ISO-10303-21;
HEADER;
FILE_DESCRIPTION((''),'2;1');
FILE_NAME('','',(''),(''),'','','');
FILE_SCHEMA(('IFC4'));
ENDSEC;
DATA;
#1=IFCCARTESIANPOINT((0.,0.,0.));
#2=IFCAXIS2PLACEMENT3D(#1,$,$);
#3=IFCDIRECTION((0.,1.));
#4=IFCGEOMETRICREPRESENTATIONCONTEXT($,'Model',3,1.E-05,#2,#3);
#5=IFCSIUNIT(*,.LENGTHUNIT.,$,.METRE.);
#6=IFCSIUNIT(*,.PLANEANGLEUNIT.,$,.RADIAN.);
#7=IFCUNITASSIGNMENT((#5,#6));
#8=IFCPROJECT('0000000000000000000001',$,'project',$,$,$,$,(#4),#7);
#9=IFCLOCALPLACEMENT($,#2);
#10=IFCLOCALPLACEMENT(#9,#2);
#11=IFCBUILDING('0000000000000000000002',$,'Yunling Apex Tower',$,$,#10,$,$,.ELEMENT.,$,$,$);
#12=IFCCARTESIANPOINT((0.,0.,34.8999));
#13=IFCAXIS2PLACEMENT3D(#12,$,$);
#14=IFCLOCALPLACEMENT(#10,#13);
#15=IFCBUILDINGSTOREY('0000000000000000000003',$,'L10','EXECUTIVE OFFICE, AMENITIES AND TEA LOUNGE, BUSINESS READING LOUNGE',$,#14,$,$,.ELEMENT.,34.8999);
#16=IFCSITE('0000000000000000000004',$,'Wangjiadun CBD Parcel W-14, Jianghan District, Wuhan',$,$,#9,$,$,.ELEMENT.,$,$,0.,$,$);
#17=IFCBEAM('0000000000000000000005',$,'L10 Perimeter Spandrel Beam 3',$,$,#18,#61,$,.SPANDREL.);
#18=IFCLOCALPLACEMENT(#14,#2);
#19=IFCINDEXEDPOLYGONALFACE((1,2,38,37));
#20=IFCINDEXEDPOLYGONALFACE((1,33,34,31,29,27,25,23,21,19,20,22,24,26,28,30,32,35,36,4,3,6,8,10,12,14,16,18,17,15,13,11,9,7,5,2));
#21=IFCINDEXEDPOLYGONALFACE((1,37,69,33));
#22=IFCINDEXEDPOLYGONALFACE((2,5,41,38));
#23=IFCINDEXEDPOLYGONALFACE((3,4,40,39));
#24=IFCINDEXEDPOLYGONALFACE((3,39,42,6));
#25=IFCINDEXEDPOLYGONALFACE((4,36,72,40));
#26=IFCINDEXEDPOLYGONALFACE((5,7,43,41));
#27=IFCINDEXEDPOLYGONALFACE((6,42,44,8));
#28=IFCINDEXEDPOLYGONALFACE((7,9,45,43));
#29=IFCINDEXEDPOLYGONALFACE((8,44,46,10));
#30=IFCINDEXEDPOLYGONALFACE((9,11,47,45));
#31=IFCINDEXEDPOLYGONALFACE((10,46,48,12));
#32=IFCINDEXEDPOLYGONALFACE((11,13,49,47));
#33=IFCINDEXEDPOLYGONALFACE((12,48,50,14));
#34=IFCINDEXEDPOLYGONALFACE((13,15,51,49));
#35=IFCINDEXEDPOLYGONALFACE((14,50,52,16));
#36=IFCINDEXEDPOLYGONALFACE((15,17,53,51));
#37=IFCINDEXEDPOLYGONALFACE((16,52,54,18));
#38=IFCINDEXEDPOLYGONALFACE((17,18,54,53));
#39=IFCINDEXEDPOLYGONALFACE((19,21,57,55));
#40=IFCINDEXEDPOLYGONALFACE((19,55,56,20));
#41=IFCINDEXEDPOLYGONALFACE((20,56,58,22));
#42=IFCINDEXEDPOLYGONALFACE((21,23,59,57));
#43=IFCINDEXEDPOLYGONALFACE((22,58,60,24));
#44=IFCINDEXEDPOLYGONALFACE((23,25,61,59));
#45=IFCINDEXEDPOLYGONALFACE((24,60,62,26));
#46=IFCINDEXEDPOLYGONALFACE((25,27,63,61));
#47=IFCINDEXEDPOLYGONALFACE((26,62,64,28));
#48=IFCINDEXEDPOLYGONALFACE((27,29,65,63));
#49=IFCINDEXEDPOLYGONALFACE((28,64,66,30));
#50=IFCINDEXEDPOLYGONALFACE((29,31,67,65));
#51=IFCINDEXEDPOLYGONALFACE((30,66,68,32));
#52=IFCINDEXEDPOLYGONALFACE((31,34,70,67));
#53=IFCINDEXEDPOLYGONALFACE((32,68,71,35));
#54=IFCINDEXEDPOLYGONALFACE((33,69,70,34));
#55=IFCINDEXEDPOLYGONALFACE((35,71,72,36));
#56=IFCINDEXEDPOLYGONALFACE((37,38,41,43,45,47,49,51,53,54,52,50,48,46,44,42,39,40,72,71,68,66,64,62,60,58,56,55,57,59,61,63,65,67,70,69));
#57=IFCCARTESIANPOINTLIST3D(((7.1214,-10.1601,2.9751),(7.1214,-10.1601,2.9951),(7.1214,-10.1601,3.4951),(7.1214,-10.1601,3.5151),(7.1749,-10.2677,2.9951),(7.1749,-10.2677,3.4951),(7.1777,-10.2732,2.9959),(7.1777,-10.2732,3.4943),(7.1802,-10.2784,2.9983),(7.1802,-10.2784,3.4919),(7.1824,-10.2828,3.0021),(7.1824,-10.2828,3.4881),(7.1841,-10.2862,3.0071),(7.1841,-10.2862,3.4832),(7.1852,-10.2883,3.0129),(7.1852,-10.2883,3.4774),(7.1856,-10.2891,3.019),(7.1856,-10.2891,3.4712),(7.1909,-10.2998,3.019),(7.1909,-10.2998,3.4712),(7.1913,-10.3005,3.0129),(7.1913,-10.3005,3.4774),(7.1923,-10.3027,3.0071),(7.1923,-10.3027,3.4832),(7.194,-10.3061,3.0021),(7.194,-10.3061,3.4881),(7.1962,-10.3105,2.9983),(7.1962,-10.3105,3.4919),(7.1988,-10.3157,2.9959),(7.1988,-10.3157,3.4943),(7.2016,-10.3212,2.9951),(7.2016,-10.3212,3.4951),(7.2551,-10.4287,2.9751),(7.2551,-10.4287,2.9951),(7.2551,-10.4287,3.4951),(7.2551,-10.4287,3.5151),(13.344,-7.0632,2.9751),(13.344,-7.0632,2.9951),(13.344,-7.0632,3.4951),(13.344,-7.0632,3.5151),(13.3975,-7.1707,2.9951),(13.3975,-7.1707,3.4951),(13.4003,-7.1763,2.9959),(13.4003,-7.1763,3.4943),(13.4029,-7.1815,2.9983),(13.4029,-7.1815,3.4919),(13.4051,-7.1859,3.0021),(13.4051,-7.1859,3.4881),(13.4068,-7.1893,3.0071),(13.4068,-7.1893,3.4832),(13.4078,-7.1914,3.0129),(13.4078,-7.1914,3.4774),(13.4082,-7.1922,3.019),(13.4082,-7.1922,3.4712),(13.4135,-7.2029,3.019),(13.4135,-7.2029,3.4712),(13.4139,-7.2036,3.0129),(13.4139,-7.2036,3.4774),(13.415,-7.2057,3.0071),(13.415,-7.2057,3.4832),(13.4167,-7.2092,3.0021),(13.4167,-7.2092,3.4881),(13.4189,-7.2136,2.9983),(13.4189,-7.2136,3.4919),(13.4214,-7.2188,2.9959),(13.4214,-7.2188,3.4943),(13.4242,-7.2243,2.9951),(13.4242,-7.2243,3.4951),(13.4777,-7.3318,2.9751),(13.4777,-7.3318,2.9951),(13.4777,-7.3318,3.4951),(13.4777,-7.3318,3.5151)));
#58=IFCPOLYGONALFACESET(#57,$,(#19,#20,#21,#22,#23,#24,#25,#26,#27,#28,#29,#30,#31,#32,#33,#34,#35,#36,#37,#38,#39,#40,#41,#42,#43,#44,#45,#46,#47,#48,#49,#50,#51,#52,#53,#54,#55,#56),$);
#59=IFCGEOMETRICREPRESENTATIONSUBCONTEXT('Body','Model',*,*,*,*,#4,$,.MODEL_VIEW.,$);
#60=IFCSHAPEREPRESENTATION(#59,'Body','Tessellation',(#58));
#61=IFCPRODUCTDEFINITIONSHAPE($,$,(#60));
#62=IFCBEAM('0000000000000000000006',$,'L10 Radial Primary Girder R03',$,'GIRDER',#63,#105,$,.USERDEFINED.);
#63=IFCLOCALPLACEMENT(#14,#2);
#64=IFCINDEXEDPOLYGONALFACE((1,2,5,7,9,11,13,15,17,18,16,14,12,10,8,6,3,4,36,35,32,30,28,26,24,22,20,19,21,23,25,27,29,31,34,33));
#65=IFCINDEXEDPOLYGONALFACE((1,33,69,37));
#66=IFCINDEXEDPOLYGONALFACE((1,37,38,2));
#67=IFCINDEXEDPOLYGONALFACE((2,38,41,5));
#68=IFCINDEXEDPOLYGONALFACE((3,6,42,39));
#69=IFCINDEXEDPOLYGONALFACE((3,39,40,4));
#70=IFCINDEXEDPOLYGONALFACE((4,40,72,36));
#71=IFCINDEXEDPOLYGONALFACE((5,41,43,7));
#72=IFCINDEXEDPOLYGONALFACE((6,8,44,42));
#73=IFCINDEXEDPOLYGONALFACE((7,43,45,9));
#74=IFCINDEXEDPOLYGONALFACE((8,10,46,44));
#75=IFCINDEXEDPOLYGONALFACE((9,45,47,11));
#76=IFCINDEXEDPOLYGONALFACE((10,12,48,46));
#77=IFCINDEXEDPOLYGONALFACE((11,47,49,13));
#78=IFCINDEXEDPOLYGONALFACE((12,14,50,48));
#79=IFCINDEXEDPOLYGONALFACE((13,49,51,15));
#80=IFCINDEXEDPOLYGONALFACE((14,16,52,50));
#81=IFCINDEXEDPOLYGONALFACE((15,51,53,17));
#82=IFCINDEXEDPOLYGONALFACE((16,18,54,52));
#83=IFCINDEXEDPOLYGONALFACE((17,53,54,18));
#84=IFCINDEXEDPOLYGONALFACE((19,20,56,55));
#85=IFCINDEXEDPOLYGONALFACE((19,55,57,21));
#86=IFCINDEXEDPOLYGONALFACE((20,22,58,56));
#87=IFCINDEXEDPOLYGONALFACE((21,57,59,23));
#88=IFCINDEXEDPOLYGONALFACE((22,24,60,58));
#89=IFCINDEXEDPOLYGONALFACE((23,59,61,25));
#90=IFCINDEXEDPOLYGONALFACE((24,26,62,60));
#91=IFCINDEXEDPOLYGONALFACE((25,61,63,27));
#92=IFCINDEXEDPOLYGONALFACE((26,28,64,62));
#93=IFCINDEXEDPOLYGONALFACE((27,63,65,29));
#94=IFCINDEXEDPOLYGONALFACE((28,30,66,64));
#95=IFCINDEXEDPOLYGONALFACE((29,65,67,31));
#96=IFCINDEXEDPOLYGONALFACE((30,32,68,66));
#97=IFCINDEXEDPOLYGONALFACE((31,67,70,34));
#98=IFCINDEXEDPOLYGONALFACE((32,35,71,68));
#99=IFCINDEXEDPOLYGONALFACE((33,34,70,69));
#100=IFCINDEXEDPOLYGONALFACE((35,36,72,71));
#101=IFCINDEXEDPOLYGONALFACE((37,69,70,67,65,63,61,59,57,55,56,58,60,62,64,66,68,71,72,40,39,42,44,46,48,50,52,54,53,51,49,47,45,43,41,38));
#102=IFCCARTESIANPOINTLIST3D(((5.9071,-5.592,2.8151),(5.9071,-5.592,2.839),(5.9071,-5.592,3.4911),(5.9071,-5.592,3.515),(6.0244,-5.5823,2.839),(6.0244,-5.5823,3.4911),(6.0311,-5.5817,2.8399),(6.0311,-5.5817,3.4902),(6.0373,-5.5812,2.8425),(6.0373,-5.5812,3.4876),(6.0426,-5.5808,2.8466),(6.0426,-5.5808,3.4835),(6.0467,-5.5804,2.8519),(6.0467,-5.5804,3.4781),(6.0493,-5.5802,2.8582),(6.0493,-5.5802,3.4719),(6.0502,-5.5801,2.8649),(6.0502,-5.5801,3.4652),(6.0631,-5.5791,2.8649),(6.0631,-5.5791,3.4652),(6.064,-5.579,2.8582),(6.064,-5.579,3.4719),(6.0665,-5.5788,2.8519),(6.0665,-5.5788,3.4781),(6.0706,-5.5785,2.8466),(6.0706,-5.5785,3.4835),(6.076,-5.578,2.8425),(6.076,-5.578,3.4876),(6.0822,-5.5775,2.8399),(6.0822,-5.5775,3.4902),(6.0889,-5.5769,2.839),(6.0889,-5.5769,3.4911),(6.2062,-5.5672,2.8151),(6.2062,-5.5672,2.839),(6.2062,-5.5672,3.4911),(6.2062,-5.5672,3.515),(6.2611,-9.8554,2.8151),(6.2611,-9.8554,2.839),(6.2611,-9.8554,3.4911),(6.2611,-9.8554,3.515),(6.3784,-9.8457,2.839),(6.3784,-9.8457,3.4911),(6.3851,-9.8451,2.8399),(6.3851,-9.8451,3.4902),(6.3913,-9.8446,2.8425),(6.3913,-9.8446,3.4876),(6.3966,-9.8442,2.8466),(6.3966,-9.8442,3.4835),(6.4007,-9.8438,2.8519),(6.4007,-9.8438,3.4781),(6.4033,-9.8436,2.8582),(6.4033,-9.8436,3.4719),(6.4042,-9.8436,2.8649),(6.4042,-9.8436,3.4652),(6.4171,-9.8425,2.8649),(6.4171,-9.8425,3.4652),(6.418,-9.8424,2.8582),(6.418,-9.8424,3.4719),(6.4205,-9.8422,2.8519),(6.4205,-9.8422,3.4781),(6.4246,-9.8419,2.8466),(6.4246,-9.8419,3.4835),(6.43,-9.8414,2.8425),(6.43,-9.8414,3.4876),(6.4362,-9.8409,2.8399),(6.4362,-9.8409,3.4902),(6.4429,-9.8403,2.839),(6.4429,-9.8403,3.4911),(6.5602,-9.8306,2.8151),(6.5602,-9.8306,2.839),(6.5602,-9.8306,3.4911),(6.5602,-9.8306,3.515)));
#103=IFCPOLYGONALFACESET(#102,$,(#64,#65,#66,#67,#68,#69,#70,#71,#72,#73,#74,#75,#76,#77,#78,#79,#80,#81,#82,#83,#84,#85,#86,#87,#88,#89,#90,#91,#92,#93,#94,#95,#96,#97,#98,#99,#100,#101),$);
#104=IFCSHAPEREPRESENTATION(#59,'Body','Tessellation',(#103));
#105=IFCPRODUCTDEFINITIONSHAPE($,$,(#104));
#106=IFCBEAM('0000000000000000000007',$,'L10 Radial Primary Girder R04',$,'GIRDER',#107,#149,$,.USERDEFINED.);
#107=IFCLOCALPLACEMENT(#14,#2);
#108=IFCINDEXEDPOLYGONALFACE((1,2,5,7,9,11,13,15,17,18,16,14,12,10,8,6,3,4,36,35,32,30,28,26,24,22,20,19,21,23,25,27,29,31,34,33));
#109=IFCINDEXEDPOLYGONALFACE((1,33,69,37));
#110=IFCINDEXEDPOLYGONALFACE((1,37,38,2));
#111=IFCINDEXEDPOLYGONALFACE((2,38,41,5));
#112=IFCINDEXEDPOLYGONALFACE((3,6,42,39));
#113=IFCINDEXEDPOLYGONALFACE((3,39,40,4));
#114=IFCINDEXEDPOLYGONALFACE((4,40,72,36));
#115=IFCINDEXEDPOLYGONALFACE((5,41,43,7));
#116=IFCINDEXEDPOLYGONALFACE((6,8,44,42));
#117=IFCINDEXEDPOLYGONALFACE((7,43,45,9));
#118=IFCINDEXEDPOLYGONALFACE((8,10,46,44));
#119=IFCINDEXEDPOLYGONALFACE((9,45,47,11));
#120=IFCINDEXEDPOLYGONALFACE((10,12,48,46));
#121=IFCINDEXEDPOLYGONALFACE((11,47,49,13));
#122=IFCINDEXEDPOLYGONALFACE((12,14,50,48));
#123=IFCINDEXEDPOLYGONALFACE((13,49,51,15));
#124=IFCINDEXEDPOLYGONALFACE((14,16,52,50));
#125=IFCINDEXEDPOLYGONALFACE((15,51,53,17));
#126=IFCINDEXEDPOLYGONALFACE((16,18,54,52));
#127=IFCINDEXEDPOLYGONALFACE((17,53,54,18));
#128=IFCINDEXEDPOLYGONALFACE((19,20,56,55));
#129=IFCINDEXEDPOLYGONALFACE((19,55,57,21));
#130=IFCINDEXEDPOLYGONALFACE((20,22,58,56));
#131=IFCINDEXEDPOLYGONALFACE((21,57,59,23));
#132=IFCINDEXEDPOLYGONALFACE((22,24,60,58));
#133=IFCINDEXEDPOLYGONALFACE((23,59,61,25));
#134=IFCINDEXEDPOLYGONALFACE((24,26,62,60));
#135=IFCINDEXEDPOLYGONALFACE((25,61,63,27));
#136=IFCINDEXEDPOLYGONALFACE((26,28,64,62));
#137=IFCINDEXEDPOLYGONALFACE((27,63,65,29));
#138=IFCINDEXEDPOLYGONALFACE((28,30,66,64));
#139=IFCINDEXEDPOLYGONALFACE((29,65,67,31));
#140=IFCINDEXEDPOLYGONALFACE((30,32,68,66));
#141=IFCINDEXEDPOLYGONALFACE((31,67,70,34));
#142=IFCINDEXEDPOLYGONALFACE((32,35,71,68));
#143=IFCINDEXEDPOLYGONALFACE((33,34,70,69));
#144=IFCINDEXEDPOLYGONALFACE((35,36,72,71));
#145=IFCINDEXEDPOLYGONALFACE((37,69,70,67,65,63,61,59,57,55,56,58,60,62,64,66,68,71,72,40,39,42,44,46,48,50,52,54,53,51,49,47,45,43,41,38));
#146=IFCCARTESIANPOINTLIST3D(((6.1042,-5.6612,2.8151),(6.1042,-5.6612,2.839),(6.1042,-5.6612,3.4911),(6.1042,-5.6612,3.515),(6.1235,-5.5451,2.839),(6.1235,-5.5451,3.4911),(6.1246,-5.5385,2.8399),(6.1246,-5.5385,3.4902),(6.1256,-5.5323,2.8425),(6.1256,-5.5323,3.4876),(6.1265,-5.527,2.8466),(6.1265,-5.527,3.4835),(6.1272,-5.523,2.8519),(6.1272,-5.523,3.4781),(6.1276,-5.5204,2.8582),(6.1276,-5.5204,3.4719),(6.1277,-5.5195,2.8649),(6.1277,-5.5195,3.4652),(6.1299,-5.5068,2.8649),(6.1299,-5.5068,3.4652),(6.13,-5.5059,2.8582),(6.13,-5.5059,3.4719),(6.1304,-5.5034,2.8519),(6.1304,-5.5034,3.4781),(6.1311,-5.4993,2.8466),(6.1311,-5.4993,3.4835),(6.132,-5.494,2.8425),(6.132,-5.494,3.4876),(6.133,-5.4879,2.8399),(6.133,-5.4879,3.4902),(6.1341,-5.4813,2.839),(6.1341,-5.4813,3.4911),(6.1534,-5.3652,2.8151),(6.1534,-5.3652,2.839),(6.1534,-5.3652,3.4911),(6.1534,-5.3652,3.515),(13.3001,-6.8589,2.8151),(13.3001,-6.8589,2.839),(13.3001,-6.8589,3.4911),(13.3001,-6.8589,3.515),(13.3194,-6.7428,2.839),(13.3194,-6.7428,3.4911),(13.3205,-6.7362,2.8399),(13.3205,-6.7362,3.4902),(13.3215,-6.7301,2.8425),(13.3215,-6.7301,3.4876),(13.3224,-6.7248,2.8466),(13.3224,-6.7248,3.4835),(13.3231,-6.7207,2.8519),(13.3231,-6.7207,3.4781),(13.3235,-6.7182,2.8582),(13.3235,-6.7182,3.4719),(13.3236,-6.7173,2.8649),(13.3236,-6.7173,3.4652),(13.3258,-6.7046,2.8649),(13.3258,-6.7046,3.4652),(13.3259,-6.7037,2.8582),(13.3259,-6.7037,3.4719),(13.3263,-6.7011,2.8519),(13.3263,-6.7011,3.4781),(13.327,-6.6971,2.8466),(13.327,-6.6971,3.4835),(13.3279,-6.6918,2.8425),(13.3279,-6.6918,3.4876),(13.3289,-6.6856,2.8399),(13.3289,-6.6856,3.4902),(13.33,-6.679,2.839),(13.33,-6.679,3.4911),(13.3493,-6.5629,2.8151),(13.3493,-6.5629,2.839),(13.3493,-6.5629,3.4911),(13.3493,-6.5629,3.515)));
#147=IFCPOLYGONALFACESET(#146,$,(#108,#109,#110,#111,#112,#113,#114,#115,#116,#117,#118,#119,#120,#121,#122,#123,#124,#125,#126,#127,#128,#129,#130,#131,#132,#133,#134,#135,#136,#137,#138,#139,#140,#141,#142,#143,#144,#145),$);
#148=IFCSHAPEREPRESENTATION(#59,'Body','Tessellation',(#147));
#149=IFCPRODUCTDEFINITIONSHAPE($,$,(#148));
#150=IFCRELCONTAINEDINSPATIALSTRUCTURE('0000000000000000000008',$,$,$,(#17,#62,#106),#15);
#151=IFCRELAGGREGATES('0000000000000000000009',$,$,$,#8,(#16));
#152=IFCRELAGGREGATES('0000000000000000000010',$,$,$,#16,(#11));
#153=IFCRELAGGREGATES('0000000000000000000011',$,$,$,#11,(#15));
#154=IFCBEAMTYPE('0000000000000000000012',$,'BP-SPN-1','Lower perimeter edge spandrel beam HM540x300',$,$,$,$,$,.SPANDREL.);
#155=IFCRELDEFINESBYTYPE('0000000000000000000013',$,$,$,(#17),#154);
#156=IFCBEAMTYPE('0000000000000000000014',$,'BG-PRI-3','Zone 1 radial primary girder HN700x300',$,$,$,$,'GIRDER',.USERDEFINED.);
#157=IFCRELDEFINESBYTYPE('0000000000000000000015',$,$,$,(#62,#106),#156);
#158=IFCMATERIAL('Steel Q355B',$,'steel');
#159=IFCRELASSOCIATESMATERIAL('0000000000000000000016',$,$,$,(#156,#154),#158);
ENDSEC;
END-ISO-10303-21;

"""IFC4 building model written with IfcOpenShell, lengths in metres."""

from ifc_helpers import new_model, si_unit, direction, frame, origin, origin_2d, place, context, subcontext, project, spatial, i_section, extrude, source, transform, mapped, material, material_profile, profile_set, type_object, element, save


model = new_model("IFC4")

# Units and contexts
model_context = context("Model", 3, precision=1e-05, world=origin(), true_north=direction((0.0, 1.0)))
body_context = subcontext(model_context, "Body", "Model", "MODEL_VIEW")
ifc_project = project(units=[si_unit("LENGTHUNIT", "METRE"), si_unit("PLANEANGLEUNIT", "RADIAN")], contexts=[model_context])

# Site, building, storey
site_placement = place(None, origin())
site = spatial("IfcSite", under=ifc_project, at=site_placement, Name="Wangjiadun CBD Parcel W-14, Jianghan District, Wuhan", CompositionType="ELEMENT", RefElevation=0.0)
building_placement = place(site_placement, origin())
building = spatial("IfcBuilding", under=site, at=building_placement, Name="Yunling Apex Tower", CompositionType="ELEMENT")
storey_placement = place(building_placement, frame((0.0, 0.0, 34.8999)))
storey = spatial("IfcBuildingStorey", under=building, at=storey_placement, Name="L10", Description="EXECUTIVE OFFICE, AMENITIES AND TEA LOUNGE, BUSINESS READING LOUNGE", CompositionType="ELEMENT", Elevation=34.8999)

# Beams
ifc_material_1 = material(Name="Steel Q355B", Category="steel")
ifc_material_profile_1 = material_profile(ifc_material_1, i_section(OverallWidth=0.3, OverallDepth=0.7, WebThickness=0.0129, FlangeThickness=0.0239, FilletRadius=0.0259, at=origin_2d()))
ifc_profile_set_1 = profile_set([ifc_material_profile_1], Name="Steel Q355B")
beam_type_1 = type_object("IfcBeamType", Name="BG-PRI-3", Description="Zone 1 radial primary girder HN700x300", ElementType="GIRDER", PredefinedType="USERDEFINED", material=ifc_profile_set_1)
ifc_material_profile_2 = material_profile(ifc_material_1, i_section(OverallWidth=0.3, OverallDepth=0.54, WebThickness=0.012, FlangeThickness=0.02, FilletRadius=0.0239, at=origin_2d()))
ifc_profile_set_2 = profile_set([ifc_material_profile_2], Name="Steel Q355B")
beam_type_2 = type_object("IfcBeamType", Name="BP-SPN-1", Description="Lower perimeter edge spandrel beam HM540x300", PredefinedType="SPANDREL", material=ifc_profile_set_2)
shared_shape_1 = source(origin(), body_context, "Body", "SweptSolid", [
    extrude(i_section(OverallWidth=0.3, OverallDepth=0.54, WebThickness=0.012, FlangeThickness=0.02, FilletRadius=0.0239, at=origin_2d()), origin(), (0.0, 0.0, 1.0), 6.9507),
])
beam_1_placement = place(storey_placement, frame((7.1882, -10.2944, 3.2451), z_axis=(0.895255, 0.445555, 0.0), x_axis=(-0.445555, 0.895255, 0.0)))
element("IfcBeam", 1, at=beam_1_placement, inside=storey, type_object=beam_type_2, Name="L10 Perimeter Spandrel Beam 3", PredefinedType="SPANDREL", context=body_context, shape_type="MappedRepresentation", body=[
    mapped(shared_shape_1, transform((0.0, 0.0, 0.0), scale=1.0)),
])
shared_shape_2 = source(origin(), body_context, "Body", "SweptSolid", [
    extrude(i_section(OverallWidth=0.3, OverallDepth=0.7, WebThickness=0.0129, FlangeThickness=0.0239, FilletRadius=0.0259, at=origin_2d()), origin(), (0.0, 0.0, 1.0), 4.2781),
])
beam_2_placement = place(storey_placement, frame((6.4106, -9.843, 3.165), z_axis=(-0.082748, 0.996571, 0.0), x_axis=(-0.996571, -0.082748, 0.0)))
element("IfcBeam", 2, at=beam_2_placement, inside=storey, type_object=beam_type_1, Name="L10 Radial Primary Girder R03", ObjectType="GIRDER", PredefinedType="USERDEFINED", context=body_context, shape_type="MappedRepresentation", body=[
    mapped(shared_shape_2, transform((0.0, 0.0, 0.0), scale=1.0)),
])
shared_shape_3 = source(origin(), body_context, "Body", "SweptSolid", [
    extrude(i_section(OverallWidth=0.3, OverallDepth=0.7, WebThickness=0.0129, FlangeThickness=0.0239, FilletRadius=0.0259, at=origin_2d()), origin(), (0.0, 0.0, 1.0), 7.2949),
])
beam_3_placement = place(storey_placement, frame((13.3247, -6.7109, 3.165), z_axis=(-0.986428, 0.164193, 0.0), x_axis=(-0.164193, -0.986428, 0.0)))
element("IfcBeam", 3, at=beam_3_placement, inside=storey, type_object=beam_type_1, Name="L10 Radial Primary Girder R04", ObjectType="GIRDER", PredefinedType="USERDEFINED", context=body_context, shape_type="MappedRepresentation", body=[
    mapped(shared_shape_3, transform((0.0, 0.0, 0.0), scale=1.0)),
])

save(model, "model.ifc")
